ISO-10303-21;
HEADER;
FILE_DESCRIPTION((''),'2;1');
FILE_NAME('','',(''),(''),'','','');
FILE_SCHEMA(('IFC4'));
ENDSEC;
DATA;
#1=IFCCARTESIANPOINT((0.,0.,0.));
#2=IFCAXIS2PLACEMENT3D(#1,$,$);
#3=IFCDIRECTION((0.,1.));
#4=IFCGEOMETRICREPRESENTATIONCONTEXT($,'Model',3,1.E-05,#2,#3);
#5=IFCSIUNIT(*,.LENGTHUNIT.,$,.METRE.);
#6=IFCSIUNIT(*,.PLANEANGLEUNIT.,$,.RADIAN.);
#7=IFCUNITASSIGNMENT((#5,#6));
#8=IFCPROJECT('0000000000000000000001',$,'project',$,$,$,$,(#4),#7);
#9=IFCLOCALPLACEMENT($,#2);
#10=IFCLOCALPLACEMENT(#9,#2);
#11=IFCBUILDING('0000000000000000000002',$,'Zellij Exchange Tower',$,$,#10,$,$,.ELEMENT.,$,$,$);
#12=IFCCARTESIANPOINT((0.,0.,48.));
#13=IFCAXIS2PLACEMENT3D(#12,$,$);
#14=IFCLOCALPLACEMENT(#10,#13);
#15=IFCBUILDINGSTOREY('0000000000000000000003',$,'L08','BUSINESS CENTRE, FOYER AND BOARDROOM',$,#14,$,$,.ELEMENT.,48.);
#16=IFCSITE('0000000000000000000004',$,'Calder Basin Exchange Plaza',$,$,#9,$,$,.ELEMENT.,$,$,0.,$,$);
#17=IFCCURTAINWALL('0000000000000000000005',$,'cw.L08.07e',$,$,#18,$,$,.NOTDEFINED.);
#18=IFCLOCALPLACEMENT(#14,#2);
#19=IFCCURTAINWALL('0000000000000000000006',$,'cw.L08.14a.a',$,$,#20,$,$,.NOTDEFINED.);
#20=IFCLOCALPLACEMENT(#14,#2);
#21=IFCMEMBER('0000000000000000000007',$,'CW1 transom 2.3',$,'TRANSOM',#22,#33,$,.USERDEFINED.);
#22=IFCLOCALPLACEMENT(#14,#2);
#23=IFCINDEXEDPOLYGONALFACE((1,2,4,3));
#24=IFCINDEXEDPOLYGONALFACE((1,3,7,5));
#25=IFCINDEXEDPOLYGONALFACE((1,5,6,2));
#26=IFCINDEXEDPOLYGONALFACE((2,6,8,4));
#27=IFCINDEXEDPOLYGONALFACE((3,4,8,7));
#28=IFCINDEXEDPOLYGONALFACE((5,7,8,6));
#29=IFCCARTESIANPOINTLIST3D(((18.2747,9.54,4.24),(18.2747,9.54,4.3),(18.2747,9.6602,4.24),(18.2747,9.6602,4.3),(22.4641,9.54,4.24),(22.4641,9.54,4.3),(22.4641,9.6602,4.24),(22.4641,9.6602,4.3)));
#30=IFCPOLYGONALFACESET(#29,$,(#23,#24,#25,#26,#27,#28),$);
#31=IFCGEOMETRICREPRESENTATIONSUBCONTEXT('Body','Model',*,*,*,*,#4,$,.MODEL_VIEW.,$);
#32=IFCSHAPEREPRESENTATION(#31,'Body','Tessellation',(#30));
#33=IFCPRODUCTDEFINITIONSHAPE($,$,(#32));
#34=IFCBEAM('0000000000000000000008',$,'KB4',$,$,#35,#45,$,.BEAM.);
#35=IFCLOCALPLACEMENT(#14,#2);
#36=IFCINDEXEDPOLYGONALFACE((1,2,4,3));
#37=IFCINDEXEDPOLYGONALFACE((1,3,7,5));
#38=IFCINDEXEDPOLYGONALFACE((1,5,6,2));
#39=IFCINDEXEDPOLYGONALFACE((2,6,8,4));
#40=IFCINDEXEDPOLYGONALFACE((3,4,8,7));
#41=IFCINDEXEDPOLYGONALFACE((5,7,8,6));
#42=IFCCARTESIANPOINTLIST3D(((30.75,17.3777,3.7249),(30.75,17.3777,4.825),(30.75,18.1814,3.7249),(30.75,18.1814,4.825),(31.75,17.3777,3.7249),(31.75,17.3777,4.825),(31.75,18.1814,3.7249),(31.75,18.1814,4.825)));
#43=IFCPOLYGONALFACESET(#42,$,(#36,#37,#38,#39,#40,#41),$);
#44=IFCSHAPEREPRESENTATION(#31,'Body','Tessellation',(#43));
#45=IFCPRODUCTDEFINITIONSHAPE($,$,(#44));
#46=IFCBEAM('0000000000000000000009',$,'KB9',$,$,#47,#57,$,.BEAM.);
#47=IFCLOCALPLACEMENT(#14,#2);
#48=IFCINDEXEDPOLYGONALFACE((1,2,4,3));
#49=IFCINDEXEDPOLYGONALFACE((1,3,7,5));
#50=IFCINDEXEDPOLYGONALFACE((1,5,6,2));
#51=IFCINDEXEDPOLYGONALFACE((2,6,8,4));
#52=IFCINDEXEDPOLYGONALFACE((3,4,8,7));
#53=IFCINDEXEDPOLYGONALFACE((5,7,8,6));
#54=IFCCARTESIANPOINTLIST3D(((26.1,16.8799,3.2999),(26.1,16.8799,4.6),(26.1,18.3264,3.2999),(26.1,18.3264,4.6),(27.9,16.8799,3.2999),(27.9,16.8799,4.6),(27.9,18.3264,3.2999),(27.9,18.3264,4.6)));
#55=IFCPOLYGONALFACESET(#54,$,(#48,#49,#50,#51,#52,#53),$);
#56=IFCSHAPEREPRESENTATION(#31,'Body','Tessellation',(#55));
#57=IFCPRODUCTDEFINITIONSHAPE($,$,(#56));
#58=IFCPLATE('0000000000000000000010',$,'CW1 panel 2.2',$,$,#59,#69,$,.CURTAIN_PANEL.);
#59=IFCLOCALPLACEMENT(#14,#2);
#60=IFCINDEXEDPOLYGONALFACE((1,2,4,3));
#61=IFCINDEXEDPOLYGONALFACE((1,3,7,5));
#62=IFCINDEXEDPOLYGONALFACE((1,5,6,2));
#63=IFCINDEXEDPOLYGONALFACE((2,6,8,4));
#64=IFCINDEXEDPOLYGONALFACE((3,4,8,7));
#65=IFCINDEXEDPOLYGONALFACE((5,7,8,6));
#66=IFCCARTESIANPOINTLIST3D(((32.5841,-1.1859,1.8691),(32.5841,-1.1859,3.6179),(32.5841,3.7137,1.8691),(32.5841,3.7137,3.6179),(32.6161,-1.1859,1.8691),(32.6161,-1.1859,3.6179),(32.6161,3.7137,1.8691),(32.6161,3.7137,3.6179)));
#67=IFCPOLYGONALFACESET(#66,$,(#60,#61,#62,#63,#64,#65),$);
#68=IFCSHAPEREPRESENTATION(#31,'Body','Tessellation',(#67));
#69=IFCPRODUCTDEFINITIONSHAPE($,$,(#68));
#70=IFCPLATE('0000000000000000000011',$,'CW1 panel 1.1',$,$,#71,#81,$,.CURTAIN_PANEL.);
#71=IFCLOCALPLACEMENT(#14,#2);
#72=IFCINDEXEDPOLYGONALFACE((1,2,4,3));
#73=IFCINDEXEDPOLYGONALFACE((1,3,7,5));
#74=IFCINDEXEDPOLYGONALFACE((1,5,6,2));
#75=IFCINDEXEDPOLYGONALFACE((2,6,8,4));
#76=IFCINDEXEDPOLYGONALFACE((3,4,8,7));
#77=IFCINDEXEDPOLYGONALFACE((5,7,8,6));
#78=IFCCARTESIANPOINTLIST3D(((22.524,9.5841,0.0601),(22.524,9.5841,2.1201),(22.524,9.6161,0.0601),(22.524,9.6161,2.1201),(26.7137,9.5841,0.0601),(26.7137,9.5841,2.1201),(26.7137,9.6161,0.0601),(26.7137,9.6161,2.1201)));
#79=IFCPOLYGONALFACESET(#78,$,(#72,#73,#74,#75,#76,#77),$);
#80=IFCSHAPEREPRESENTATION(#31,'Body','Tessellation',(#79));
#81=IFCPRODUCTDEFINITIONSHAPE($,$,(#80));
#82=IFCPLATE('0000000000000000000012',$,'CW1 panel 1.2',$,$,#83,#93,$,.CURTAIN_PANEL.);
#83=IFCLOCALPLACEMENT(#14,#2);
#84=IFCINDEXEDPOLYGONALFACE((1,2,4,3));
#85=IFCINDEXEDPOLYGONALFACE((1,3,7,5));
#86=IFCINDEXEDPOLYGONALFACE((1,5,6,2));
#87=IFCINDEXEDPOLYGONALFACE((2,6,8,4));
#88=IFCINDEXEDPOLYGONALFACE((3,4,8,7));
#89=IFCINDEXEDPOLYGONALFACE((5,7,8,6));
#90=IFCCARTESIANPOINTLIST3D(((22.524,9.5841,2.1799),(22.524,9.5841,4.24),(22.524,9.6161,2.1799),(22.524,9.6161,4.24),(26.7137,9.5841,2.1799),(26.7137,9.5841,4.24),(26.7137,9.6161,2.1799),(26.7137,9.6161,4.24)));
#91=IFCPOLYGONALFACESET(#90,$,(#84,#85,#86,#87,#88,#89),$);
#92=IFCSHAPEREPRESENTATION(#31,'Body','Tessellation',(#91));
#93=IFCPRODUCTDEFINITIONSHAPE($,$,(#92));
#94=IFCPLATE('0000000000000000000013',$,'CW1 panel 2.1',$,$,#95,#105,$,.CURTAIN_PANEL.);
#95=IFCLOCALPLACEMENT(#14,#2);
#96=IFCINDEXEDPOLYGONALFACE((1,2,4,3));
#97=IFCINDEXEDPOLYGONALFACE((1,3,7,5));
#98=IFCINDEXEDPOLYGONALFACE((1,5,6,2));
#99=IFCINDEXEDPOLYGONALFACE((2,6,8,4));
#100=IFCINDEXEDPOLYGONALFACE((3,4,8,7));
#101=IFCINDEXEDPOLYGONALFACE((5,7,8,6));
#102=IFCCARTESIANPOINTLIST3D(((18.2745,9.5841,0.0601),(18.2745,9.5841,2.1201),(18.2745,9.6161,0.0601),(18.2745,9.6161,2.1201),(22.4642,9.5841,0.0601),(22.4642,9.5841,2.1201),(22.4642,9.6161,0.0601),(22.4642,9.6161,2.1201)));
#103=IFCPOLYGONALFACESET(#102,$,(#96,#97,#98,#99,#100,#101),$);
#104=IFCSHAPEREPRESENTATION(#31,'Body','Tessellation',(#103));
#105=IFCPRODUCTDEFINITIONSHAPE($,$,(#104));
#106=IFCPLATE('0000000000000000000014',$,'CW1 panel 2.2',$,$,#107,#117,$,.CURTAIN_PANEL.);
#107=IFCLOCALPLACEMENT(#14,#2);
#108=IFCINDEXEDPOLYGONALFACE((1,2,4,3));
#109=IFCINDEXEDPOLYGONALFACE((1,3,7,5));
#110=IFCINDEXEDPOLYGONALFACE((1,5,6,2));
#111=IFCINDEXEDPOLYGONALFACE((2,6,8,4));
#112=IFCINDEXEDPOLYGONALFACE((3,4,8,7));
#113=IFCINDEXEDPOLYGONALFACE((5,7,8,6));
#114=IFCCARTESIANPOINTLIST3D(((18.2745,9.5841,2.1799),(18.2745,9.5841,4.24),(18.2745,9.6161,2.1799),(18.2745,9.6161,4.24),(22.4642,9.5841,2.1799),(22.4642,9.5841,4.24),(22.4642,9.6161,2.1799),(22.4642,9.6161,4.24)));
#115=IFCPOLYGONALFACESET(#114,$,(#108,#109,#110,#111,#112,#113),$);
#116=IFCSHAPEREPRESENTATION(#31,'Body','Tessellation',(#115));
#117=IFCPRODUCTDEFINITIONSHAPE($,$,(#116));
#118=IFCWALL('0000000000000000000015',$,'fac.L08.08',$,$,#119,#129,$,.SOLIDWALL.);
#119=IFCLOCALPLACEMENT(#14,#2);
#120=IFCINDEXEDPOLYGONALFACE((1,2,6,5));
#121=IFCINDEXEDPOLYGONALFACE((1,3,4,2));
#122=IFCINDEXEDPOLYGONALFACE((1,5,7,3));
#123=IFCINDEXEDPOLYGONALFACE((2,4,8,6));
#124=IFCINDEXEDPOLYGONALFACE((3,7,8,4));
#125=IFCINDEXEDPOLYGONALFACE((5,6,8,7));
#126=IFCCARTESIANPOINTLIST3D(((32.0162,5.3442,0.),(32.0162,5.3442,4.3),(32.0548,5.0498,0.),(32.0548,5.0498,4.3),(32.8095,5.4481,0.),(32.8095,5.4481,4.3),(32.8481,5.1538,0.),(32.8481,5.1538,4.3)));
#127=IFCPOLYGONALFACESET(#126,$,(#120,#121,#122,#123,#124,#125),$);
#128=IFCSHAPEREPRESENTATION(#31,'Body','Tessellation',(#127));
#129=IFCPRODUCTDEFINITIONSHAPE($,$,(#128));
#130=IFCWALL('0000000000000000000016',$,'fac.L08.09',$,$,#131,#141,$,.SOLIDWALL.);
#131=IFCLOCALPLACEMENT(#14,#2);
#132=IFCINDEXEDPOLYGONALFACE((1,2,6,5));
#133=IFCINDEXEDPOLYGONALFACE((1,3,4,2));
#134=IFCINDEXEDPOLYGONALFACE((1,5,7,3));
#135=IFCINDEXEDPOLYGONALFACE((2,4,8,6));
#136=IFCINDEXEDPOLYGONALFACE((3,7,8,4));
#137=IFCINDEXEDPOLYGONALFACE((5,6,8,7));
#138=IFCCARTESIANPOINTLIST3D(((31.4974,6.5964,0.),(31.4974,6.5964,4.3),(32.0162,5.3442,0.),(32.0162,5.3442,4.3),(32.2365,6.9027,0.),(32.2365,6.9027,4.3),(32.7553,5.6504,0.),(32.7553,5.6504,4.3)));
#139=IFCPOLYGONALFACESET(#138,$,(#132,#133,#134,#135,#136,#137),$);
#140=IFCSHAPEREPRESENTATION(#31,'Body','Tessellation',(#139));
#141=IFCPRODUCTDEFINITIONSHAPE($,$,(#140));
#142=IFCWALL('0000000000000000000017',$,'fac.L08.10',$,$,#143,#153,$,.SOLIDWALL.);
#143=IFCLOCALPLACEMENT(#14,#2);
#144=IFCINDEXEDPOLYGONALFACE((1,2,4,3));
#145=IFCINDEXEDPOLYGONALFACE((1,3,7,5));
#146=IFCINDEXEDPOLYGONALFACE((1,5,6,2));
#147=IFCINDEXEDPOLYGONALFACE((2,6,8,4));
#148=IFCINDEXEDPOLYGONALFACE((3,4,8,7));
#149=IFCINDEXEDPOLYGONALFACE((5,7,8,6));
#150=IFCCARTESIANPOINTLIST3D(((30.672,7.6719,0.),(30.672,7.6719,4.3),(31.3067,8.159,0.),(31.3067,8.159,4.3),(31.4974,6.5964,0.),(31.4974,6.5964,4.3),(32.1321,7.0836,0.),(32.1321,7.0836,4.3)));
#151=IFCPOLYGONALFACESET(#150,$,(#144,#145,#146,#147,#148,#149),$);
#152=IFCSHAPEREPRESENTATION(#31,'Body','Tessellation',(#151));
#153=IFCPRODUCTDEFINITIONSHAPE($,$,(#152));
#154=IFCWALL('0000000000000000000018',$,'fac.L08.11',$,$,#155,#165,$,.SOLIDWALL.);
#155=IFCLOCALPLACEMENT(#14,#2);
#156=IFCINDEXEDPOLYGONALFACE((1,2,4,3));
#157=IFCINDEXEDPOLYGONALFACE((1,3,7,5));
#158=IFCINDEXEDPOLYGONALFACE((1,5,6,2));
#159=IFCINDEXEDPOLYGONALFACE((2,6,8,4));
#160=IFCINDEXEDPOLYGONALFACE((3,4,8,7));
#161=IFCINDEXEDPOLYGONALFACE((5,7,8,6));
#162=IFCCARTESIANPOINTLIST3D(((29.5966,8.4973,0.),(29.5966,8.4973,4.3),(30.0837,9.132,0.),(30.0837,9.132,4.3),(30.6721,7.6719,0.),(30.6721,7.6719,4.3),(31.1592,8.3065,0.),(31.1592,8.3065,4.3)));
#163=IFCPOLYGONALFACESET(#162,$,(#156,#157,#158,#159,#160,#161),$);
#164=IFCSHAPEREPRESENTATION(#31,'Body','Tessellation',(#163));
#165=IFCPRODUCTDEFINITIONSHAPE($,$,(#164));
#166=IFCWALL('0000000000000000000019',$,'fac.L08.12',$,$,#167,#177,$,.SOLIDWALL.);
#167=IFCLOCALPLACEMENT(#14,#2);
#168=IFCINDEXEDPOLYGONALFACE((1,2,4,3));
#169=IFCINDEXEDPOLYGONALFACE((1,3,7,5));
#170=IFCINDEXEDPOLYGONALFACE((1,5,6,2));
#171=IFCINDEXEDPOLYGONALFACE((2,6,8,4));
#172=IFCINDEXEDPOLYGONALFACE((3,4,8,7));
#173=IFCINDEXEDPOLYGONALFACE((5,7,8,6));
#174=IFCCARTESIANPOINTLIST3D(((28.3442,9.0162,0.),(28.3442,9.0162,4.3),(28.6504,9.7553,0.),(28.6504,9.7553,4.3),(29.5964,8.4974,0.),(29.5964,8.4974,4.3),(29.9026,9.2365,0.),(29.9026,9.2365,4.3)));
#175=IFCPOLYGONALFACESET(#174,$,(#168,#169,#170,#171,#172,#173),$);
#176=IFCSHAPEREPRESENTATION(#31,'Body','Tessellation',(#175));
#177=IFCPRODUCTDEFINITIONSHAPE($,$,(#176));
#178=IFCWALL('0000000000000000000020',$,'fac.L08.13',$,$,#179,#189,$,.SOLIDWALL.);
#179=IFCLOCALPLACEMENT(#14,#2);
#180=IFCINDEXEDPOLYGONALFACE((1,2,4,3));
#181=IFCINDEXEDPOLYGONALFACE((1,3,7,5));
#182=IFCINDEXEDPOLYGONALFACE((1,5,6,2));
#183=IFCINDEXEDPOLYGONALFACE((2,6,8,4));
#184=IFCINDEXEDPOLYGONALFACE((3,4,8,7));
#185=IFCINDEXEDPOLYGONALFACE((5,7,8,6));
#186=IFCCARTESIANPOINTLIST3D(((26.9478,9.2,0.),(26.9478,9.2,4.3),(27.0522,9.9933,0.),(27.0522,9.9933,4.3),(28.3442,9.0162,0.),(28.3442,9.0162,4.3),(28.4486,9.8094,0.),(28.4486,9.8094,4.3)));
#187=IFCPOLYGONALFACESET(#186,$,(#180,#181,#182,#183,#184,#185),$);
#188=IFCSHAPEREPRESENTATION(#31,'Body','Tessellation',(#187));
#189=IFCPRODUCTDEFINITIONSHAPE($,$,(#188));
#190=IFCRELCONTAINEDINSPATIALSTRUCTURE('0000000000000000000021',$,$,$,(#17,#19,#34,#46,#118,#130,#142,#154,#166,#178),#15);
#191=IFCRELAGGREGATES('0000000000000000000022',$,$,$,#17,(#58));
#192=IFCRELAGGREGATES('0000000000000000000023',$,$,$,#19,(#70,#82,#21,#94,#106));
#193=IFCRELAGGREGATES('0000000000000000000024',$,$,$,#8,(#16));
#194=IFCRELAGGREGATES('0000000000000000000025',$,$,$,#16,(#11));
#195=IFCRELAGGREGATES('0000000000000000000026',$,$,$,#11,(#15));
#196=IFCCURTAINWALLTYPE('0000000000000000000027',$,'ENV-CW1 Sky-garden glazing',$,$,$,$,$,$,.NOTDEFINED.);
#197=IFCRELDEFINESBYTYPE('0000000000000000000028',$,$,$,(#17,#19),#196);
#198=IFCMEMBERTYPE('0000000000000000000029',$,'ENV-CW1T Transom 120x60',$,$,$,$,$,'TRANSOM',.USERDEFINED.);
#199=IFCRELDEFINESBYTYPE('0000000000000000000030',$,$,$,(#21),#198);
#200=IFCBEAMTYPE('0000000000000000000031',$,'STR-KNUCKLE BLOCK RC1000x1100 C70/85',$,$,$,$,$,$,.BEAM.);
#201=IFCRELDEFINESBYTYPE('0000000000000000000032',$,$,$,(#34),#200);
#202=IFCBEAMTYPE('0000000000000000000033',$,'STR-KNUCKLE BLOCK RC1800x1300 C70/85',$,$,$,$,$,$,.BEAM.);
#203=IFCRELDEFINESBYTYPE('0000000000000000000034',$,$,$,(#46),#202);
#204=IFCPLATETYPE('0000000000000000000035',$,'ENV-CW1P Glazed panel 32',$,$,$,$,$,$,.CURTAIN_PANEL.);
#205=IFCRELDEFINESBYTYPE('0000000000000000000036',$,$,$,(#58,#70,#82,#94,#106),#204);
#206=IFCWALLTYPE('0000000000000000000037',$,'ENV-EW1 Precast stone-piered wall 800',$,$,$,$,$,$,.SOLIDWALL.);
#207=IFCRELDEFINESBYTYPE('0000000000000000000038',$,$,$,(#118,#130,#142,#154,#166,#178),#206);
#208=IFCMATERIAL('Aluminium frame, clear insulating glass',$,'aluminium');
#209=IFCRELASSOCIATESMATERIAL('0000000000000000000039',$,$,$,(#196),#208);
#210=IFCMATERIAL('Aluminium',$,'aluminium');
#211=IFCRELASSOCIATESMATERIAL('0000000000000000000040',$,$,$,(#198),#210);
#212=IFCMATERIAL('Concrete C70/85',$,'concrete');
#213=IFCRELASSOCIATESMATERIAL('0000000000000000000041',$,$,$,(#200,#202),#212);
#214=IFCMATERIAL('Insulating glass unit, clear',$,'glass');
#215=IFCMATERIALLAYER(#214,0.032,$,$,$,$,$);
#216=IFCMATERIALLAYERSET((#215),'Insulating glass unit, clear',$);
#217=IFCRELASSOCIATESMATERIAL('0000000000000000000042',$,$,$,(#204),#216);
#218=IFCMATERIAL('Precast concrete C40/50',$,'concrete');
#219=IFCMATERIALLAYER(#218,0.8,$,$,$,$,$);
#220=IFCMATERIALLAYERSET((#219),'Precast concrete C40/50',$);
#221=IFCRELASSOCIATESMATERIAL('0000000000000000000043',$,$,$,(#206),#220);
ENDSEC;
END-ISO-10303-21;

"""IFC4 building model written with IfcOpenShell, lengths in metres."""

from ifc_helpers import new_model, si_unit, direction, frame, frame_2d, origin, origin_2d, place, context, subcontext, project, spatial, rectangle, extrude, material, layer, layer_set, material_profile, profile_set, type_object, element, aggregate, save


model = new_model("IFC4")

# Units and contexts
model_context = context("Model", 3, precision=1e-05, world=origin(), true_north=direction((0.0, 1.0)))
body_context = subcontext(model_context, "Body", "Model", "MODEL_VIEW")
ifc_project = project(units=[si_unit("LENGTHUNIT", "METRE"), si_unit("PLANEANGLEUNIT", "RADIAN")], contexts=[model_context])

# Site, building, storey
site_placement = place(None, origin())
site = spatial("IfcSite", under=ifc_project, at=site_placement, Name="Calder Basin Exchange Plaza", CompositionType="ELEMENT", RefElevation=0.0)
building_placement = place(site_placement, origin())
building = spatial("IfcBuilding", under=site, at=building_placement, Name="Zellij Exchange Tower", CompositionType="ELEMENT")
storey_placement = place(building_placement, frame((0.0, 0.0, 48.0)))
storey = spatial("IfcBuildingStorey", under=building, at=storey_placement, Name="L08", Description="BUSINESS CENTRE, FOYER AND BOARDROOM", CompositionType="ELEMENT", Elevation=48.0)

# Shared definitions
ifc_material_1 = material(Name="Concrete C70/85", Category="concrete")

# Curtain wall
ifc_material_2 = material(Name="Aluminium frame, clear insulating glass", Category="aluminium")
curtain_wall_type = type_object("IfcCurtainWallType", Name="ENV-CW1 Sky-garden glazing", PredefinedType="NOTDEFINED", material=ifc_material_2)
curtain_wall_1_placement = place(storey_placement, origin())
curtain_wall_1 = element("IfcCurtainWall", 1, at=curtain_wall_1_placement, inside=storey, type_object=curtain_wall_type, Name="cw.L08.07e", PredefinedType="NOTDEFINED")
ifc_material_3 = material(Name="Aluminium", Category="aluminium")

# Curtain wall, member
curtain_wall_2_placement = place(storey_placement, origin())
curtain_wall_2 = element("IfcCurtainWall", 2, at=curtain_wall_2_placement, inside=storey, type_object=curtain_wall_type, Name="cw.L08.14a.a", PredefinedType="NOTDEFINED")
ifc_material_profile_1 = material_profile(ifc_material_3, rectangle(XDim=0.1201, YDim=0.0601, at=origin_2d()), Name="AL 120x60")
ifc_profile_set_1 = profile_set([ifc_material_profile_1], Name="Aluminium")
member_type_1 = type_object("IfcMemberType", Name="ENV-CW1T Transom 120x60", ElementType="TRANSOM", PredefinedType="USERDEFINED", material=ifc_profile_set_1)
member_1_placement = place(storey_placement, frame((22.4641, 9.6001, 4.27), z_axis=(-1.0, 0.0, 0.0), x_axis=(0.0, -1.0, 0.0)))
member_1 = element("IfcMember", 3, at=member_1_placement, type_object=member_type_1, Name="CW1 transom 2.3", ObjectType="TRANSOM", PredefinedType="USERDEFINED", context=body_context, shape_type="SweptSolid", body=[
    extrude(rectangle(XDim=0.1201, YDim=0.0601, at=origin_2d()), origin(), (0.0, 0.0, 1.0), 4.1895),
])

# Beams
ifc_material_profile_2 = material_profile(ifc_material_1, rectangle(XDim=1.0, YDim=1.1001, at=origin_2d()), Name="STR-KNUCKLE BLOCK RC1000x1100 C70/85")
ifc_profile_set_2 = profile_set([ifc_material_profile_2], Name="Concrete C70/85")
beam_type_1 = type_object("IfcBeamType", Name="STR-KNUCKLE BLOCK RC1000x1100 C70/85", PredefinedType="BEAM", material=ifc_profile_set_2)
beam_1_placement = place(storey_placement, frame((31.25, 17.3777, 4.2749), z_axis=(0.0, 1.0, 0.0), x_axis=(-1.0, 0.0, 0.0)))
element("IfcBeam", 4, at=beam_1_placement, inside=storey, type_object=beam_type_1, Name="KB4", PredefinedType="BEAM", context=body_context, shape_type="SweptSolid", body=[
    extrude(rectangle(XDim=1.0, YDim=1.1001, at=origin_2d()), origin(), (0.0, 0.0, 1.0), 0.8037),
])
ifc_material_profile_3 = material_profile(ifc_material_1, rectangle(XDim=1.8, YDim=1.3, at=origin_2d()), Name="STR-KNUCKLE BLOCK RC1800x1300 C70/85")
ifc_profile_set_3 = profile_set([ifc_material_profile_3], Name="Concrete C70/85")
beam_type_2 = type_object("IfcBeamType", Name="STR-KNUCKLE BLOCK RC1800x1300 C70/85", PredefinedType="BEAM", material=ifc_profile_set_3)
beam_2_placement = place(storey_placement, frame((27.0, 16.8799, 3.95), z_axis=(0.0, 1.0, 0.0), x_axis=(-1.0, 0.0, 0.0)))
element("IfcBeam", 5, at=beam_2_placement, inside=storey, type_object=beam_type_2, Name="KB9", PredefinedType="BEAM", context=body_context, shape_type="SweptSolid", body=[
    extrude(rectangle(XDim=1.8, YDim=1.3, at=origin_2d()), origin(), (0.0, 0.0, 1.0), 1.4465),
])

# Plates
ifc_material_4 = material(Name="Insulating glass unit, clear", Category="glass")
ifc_layer_1 = layer(ifc_material_4, 0.032)
ifc_layer_set_1 = layer_set([ifc_layer_1], Name="Insulating glass unit, clear")
plate_type = type_object("IfcPlateType", Name="ENV-CW1P Glazed panel 32", PredefinedType="CURTAIN_PANEL", material=ifc_layer_set_1)
plate_1_placement = place(storey_placement, frame((32.6001, 1.2639, 1.8691), z_axis=(0.0, 0.0, 1.0), x_axis=(0.0, 1.0, 0.0)))
plate_1 = element("IfcPlate", 6, at=plate_1_placement, type_object=plate_type, Name="CW1 panel 2.2", PredefinedType="CURTAIN_PANEL", context=body_context, shape_type="SweptSolid", body=[
    extrude(rectangle(XDim=4.8997, YDim=0.032, at=origin_2d()), origin(), (0.0, 0.0, 1.0), 1.7488),
])
aggregate(curtain_wall_1, [plate_1])
plate_2_placement = place(storey_placement, frame((24.6189, 9.6001, 0.0601), z_axis=(0.0, 0.0, 1.0), x_axis=(-1.0, 0.0, 0.0)))
plate_2 = element("IfcPlate", 7, at=plate_2_placement, type_object=plate_type, Name="CW1 panel 1.1", PredefinedType="CURTAIN_PANEL", context=body_context, shape_type="SweptSolid", body=[
    extrude(rectangle(XDim=4.1897, YDim=0.032, at=origin_2d()), origin(), (0.0, 0.0, 1.0), 2.0601),
])
plate_3_placement = place(storey_placement, frame((24.6189, 9.6001, 2.1799), z_axis=(0.0, 0.0, 1.0), x_axis=(-1.0, 0.0, 0.0)))
plate_3 = element("IfcPlate", 8, at=plate_3_placement, type_object=plate_type, Name="CW1 panel 1.2", PredefinedType="CURTAIN_PANEL", context=body_context, shape_type="SweptSolid", body=[
    extrude(rectangle(XDim=4.1897, YDim=0.032, at=origin_2d()), origin(), (0.0, 0.0, 1.0), 2.0601),
])
plate_4_placement = place(storey_placement, frame((20.3694, 9.6001, 0.0601), z_axis=(0.0, 0.0, 1.0), x_axis=(-1.0, 0.0, 0.0)))
plate_4 = element("IfcPlate", 9, at=plate_4_placement, type_object=plate_type, Name="CW1 panel 2.1", PredefinedType="CURTAIN_PANEL", context=body_context, shape_type="SweptSolid", body=[
    extrude(rectangle(XDim=4.1897, YDim=0.032, at=origin_2d()), origin(), (0.0, 0.0, 1.0), 2.0601),
])
plate_5_placement = place(storey_placement, frame((20.3694, 9.6001, 2.1799), z_axis=(0.0, 0.0, 1.0), x_axis=(-1.0, 0.0, 0.0)))
plate_5 = element("IfcPlate", 10, at=plate_5_placement, type_object=plate_type, Name="CW1 panel 2.2", PredefinedType="CURTAIN_PANEL", context=body_context, shape_type="SweptSolid", body=[
    extrude(rectangle(XDim=4.1897, YDim=0.032, at=origin_2d()), origin(), (0.0, 0.0, 1.0), 2.0601),
])
aggregate(curtain_wall_2, [plate_2, plate_3, member_1, plate_4, plate_5])

# Walls
ifc_material_5 = material(Name="Precast concrete C40/50", Category="concrete")
ifc_layer_2 = layer(ifc_material_5, 0.8)
ifc_layer_set_2 = layer_set([ifc_layer_2], Name="Precast concrete C40/50")
wall_type = type_object("IfcWallType", Name="ENV-EW1 Precast stone-piered wall 800", PredefinedType="SOLIDWALL", material=ifc_layer_set_2)
wall_1_placement = place(storey_placement, frame((32.4514, 5.1018, 0.0), z_axis=(0.0, 0.0, 1.0), x_axis=(-0.129902, 0.991527, 0.0)))
element("IfcWall", 11, at=wall_1_placement, inside=storey, type_object=wall_type, Name="fac.L08.08", PredefinedType="SOLIDWALL", context=body_context, shape_type="SweptSolid", body=[
    extrude(rectangle(XDim=0.2969, YDim=0.8, at=frame_2d((0.1484, 0.0))), origin(), (0.0, 0.0, 1.0), 4.3),
])
wall_2_placement = place(storey_placement, frame((32.3857, 5.4973, 0.0), z_axis=(0.0, 0.0, 1.0), x_axis=(-0.38276, 0.923848, 0.0)))
element("IfcWall", 12, at=wall_2_placement, inside=storey, type_object=wall_type, Name="fac.L08.09", PredefinedType="SOLIDWALL", context=body_context, shape_type="SweptSolid", body=[
    extrude(rectangle(XDim=1.3555, YDim=0.8, at=frame_2d((0.6777, 0.0))), origin(), (0.0, 0.0, 1.0), 4.3),
])
for number, where, z_axis, x_axis, name in (
    (13, (31.8147, 6.8401, 0.0), (0.0, 0.0, 1.0), (-0.608866, 0.793273, 0.0), "fac.L08.10"),
    (14, (30.9155, 7.9893, 0.0), (0.0, 0.0, 1.0), (-0.793273, 0.608866, 0.0), "fac.L08.11"),
):
    element("IfcWall", number, at=place(storey_placement, frame(where, z_axis=z_axis, x_axis=x_axis)), inside=storey, type_object=wall_type, Name=name, PredefinedType="SOLIDWALL", context=body_context, shape_type="SweptSolid", body=[
        extrude(rectangle(XDim=1.3557, YDim=0.8, at=frame_2d((0.6777, 0.0))), origin(), (0.0, 0.0, 1.0), 4.3),
    ])
wall_3_placement = place(storey_placement, frame((29.7495, 8.8669, 0.0), z_axis=(0.0, 0.0, 1.0), x_axis=(-0.923848, 0.38276, 0.0)))
element("IfcWall", 15, at=wall_3_placement, inside=storey, type_object=wall_type, Name="fac.L08.12", PredefinedType="SOLIDWALL", context=body_context, shape_type="SweptSolid", body=[
    extrude(rectangle(XDim=1.3555, YDim=0.8, at=frame_2d((0.6777, 0.0))), origin(), (0.0, 0.0, 1.0), 4.3),
])
wall_4_placement = place(storey_placement, frame((28.3962, 9.4128, 0.0), z_axis=(0.0, 0.0, 1.0), x_axis=(-0.991446, 0.130517, 0.0)))
element("IfcWall", 16, at=wall_4_placement, inside=storey, type_object=wall_type, Name="fac.L08.13", PredefinedType="SOLIDWALL", context=body_context, shape_type="SweptSolid", body=[
    extrude(rectangle(XDim=1.4084, YDim=0.8, at=frame_2d((0.7041, 0.0))), origin(), (0.0, 0.0, 1.0), 4.3),
])

save(model, "model.ifc")
